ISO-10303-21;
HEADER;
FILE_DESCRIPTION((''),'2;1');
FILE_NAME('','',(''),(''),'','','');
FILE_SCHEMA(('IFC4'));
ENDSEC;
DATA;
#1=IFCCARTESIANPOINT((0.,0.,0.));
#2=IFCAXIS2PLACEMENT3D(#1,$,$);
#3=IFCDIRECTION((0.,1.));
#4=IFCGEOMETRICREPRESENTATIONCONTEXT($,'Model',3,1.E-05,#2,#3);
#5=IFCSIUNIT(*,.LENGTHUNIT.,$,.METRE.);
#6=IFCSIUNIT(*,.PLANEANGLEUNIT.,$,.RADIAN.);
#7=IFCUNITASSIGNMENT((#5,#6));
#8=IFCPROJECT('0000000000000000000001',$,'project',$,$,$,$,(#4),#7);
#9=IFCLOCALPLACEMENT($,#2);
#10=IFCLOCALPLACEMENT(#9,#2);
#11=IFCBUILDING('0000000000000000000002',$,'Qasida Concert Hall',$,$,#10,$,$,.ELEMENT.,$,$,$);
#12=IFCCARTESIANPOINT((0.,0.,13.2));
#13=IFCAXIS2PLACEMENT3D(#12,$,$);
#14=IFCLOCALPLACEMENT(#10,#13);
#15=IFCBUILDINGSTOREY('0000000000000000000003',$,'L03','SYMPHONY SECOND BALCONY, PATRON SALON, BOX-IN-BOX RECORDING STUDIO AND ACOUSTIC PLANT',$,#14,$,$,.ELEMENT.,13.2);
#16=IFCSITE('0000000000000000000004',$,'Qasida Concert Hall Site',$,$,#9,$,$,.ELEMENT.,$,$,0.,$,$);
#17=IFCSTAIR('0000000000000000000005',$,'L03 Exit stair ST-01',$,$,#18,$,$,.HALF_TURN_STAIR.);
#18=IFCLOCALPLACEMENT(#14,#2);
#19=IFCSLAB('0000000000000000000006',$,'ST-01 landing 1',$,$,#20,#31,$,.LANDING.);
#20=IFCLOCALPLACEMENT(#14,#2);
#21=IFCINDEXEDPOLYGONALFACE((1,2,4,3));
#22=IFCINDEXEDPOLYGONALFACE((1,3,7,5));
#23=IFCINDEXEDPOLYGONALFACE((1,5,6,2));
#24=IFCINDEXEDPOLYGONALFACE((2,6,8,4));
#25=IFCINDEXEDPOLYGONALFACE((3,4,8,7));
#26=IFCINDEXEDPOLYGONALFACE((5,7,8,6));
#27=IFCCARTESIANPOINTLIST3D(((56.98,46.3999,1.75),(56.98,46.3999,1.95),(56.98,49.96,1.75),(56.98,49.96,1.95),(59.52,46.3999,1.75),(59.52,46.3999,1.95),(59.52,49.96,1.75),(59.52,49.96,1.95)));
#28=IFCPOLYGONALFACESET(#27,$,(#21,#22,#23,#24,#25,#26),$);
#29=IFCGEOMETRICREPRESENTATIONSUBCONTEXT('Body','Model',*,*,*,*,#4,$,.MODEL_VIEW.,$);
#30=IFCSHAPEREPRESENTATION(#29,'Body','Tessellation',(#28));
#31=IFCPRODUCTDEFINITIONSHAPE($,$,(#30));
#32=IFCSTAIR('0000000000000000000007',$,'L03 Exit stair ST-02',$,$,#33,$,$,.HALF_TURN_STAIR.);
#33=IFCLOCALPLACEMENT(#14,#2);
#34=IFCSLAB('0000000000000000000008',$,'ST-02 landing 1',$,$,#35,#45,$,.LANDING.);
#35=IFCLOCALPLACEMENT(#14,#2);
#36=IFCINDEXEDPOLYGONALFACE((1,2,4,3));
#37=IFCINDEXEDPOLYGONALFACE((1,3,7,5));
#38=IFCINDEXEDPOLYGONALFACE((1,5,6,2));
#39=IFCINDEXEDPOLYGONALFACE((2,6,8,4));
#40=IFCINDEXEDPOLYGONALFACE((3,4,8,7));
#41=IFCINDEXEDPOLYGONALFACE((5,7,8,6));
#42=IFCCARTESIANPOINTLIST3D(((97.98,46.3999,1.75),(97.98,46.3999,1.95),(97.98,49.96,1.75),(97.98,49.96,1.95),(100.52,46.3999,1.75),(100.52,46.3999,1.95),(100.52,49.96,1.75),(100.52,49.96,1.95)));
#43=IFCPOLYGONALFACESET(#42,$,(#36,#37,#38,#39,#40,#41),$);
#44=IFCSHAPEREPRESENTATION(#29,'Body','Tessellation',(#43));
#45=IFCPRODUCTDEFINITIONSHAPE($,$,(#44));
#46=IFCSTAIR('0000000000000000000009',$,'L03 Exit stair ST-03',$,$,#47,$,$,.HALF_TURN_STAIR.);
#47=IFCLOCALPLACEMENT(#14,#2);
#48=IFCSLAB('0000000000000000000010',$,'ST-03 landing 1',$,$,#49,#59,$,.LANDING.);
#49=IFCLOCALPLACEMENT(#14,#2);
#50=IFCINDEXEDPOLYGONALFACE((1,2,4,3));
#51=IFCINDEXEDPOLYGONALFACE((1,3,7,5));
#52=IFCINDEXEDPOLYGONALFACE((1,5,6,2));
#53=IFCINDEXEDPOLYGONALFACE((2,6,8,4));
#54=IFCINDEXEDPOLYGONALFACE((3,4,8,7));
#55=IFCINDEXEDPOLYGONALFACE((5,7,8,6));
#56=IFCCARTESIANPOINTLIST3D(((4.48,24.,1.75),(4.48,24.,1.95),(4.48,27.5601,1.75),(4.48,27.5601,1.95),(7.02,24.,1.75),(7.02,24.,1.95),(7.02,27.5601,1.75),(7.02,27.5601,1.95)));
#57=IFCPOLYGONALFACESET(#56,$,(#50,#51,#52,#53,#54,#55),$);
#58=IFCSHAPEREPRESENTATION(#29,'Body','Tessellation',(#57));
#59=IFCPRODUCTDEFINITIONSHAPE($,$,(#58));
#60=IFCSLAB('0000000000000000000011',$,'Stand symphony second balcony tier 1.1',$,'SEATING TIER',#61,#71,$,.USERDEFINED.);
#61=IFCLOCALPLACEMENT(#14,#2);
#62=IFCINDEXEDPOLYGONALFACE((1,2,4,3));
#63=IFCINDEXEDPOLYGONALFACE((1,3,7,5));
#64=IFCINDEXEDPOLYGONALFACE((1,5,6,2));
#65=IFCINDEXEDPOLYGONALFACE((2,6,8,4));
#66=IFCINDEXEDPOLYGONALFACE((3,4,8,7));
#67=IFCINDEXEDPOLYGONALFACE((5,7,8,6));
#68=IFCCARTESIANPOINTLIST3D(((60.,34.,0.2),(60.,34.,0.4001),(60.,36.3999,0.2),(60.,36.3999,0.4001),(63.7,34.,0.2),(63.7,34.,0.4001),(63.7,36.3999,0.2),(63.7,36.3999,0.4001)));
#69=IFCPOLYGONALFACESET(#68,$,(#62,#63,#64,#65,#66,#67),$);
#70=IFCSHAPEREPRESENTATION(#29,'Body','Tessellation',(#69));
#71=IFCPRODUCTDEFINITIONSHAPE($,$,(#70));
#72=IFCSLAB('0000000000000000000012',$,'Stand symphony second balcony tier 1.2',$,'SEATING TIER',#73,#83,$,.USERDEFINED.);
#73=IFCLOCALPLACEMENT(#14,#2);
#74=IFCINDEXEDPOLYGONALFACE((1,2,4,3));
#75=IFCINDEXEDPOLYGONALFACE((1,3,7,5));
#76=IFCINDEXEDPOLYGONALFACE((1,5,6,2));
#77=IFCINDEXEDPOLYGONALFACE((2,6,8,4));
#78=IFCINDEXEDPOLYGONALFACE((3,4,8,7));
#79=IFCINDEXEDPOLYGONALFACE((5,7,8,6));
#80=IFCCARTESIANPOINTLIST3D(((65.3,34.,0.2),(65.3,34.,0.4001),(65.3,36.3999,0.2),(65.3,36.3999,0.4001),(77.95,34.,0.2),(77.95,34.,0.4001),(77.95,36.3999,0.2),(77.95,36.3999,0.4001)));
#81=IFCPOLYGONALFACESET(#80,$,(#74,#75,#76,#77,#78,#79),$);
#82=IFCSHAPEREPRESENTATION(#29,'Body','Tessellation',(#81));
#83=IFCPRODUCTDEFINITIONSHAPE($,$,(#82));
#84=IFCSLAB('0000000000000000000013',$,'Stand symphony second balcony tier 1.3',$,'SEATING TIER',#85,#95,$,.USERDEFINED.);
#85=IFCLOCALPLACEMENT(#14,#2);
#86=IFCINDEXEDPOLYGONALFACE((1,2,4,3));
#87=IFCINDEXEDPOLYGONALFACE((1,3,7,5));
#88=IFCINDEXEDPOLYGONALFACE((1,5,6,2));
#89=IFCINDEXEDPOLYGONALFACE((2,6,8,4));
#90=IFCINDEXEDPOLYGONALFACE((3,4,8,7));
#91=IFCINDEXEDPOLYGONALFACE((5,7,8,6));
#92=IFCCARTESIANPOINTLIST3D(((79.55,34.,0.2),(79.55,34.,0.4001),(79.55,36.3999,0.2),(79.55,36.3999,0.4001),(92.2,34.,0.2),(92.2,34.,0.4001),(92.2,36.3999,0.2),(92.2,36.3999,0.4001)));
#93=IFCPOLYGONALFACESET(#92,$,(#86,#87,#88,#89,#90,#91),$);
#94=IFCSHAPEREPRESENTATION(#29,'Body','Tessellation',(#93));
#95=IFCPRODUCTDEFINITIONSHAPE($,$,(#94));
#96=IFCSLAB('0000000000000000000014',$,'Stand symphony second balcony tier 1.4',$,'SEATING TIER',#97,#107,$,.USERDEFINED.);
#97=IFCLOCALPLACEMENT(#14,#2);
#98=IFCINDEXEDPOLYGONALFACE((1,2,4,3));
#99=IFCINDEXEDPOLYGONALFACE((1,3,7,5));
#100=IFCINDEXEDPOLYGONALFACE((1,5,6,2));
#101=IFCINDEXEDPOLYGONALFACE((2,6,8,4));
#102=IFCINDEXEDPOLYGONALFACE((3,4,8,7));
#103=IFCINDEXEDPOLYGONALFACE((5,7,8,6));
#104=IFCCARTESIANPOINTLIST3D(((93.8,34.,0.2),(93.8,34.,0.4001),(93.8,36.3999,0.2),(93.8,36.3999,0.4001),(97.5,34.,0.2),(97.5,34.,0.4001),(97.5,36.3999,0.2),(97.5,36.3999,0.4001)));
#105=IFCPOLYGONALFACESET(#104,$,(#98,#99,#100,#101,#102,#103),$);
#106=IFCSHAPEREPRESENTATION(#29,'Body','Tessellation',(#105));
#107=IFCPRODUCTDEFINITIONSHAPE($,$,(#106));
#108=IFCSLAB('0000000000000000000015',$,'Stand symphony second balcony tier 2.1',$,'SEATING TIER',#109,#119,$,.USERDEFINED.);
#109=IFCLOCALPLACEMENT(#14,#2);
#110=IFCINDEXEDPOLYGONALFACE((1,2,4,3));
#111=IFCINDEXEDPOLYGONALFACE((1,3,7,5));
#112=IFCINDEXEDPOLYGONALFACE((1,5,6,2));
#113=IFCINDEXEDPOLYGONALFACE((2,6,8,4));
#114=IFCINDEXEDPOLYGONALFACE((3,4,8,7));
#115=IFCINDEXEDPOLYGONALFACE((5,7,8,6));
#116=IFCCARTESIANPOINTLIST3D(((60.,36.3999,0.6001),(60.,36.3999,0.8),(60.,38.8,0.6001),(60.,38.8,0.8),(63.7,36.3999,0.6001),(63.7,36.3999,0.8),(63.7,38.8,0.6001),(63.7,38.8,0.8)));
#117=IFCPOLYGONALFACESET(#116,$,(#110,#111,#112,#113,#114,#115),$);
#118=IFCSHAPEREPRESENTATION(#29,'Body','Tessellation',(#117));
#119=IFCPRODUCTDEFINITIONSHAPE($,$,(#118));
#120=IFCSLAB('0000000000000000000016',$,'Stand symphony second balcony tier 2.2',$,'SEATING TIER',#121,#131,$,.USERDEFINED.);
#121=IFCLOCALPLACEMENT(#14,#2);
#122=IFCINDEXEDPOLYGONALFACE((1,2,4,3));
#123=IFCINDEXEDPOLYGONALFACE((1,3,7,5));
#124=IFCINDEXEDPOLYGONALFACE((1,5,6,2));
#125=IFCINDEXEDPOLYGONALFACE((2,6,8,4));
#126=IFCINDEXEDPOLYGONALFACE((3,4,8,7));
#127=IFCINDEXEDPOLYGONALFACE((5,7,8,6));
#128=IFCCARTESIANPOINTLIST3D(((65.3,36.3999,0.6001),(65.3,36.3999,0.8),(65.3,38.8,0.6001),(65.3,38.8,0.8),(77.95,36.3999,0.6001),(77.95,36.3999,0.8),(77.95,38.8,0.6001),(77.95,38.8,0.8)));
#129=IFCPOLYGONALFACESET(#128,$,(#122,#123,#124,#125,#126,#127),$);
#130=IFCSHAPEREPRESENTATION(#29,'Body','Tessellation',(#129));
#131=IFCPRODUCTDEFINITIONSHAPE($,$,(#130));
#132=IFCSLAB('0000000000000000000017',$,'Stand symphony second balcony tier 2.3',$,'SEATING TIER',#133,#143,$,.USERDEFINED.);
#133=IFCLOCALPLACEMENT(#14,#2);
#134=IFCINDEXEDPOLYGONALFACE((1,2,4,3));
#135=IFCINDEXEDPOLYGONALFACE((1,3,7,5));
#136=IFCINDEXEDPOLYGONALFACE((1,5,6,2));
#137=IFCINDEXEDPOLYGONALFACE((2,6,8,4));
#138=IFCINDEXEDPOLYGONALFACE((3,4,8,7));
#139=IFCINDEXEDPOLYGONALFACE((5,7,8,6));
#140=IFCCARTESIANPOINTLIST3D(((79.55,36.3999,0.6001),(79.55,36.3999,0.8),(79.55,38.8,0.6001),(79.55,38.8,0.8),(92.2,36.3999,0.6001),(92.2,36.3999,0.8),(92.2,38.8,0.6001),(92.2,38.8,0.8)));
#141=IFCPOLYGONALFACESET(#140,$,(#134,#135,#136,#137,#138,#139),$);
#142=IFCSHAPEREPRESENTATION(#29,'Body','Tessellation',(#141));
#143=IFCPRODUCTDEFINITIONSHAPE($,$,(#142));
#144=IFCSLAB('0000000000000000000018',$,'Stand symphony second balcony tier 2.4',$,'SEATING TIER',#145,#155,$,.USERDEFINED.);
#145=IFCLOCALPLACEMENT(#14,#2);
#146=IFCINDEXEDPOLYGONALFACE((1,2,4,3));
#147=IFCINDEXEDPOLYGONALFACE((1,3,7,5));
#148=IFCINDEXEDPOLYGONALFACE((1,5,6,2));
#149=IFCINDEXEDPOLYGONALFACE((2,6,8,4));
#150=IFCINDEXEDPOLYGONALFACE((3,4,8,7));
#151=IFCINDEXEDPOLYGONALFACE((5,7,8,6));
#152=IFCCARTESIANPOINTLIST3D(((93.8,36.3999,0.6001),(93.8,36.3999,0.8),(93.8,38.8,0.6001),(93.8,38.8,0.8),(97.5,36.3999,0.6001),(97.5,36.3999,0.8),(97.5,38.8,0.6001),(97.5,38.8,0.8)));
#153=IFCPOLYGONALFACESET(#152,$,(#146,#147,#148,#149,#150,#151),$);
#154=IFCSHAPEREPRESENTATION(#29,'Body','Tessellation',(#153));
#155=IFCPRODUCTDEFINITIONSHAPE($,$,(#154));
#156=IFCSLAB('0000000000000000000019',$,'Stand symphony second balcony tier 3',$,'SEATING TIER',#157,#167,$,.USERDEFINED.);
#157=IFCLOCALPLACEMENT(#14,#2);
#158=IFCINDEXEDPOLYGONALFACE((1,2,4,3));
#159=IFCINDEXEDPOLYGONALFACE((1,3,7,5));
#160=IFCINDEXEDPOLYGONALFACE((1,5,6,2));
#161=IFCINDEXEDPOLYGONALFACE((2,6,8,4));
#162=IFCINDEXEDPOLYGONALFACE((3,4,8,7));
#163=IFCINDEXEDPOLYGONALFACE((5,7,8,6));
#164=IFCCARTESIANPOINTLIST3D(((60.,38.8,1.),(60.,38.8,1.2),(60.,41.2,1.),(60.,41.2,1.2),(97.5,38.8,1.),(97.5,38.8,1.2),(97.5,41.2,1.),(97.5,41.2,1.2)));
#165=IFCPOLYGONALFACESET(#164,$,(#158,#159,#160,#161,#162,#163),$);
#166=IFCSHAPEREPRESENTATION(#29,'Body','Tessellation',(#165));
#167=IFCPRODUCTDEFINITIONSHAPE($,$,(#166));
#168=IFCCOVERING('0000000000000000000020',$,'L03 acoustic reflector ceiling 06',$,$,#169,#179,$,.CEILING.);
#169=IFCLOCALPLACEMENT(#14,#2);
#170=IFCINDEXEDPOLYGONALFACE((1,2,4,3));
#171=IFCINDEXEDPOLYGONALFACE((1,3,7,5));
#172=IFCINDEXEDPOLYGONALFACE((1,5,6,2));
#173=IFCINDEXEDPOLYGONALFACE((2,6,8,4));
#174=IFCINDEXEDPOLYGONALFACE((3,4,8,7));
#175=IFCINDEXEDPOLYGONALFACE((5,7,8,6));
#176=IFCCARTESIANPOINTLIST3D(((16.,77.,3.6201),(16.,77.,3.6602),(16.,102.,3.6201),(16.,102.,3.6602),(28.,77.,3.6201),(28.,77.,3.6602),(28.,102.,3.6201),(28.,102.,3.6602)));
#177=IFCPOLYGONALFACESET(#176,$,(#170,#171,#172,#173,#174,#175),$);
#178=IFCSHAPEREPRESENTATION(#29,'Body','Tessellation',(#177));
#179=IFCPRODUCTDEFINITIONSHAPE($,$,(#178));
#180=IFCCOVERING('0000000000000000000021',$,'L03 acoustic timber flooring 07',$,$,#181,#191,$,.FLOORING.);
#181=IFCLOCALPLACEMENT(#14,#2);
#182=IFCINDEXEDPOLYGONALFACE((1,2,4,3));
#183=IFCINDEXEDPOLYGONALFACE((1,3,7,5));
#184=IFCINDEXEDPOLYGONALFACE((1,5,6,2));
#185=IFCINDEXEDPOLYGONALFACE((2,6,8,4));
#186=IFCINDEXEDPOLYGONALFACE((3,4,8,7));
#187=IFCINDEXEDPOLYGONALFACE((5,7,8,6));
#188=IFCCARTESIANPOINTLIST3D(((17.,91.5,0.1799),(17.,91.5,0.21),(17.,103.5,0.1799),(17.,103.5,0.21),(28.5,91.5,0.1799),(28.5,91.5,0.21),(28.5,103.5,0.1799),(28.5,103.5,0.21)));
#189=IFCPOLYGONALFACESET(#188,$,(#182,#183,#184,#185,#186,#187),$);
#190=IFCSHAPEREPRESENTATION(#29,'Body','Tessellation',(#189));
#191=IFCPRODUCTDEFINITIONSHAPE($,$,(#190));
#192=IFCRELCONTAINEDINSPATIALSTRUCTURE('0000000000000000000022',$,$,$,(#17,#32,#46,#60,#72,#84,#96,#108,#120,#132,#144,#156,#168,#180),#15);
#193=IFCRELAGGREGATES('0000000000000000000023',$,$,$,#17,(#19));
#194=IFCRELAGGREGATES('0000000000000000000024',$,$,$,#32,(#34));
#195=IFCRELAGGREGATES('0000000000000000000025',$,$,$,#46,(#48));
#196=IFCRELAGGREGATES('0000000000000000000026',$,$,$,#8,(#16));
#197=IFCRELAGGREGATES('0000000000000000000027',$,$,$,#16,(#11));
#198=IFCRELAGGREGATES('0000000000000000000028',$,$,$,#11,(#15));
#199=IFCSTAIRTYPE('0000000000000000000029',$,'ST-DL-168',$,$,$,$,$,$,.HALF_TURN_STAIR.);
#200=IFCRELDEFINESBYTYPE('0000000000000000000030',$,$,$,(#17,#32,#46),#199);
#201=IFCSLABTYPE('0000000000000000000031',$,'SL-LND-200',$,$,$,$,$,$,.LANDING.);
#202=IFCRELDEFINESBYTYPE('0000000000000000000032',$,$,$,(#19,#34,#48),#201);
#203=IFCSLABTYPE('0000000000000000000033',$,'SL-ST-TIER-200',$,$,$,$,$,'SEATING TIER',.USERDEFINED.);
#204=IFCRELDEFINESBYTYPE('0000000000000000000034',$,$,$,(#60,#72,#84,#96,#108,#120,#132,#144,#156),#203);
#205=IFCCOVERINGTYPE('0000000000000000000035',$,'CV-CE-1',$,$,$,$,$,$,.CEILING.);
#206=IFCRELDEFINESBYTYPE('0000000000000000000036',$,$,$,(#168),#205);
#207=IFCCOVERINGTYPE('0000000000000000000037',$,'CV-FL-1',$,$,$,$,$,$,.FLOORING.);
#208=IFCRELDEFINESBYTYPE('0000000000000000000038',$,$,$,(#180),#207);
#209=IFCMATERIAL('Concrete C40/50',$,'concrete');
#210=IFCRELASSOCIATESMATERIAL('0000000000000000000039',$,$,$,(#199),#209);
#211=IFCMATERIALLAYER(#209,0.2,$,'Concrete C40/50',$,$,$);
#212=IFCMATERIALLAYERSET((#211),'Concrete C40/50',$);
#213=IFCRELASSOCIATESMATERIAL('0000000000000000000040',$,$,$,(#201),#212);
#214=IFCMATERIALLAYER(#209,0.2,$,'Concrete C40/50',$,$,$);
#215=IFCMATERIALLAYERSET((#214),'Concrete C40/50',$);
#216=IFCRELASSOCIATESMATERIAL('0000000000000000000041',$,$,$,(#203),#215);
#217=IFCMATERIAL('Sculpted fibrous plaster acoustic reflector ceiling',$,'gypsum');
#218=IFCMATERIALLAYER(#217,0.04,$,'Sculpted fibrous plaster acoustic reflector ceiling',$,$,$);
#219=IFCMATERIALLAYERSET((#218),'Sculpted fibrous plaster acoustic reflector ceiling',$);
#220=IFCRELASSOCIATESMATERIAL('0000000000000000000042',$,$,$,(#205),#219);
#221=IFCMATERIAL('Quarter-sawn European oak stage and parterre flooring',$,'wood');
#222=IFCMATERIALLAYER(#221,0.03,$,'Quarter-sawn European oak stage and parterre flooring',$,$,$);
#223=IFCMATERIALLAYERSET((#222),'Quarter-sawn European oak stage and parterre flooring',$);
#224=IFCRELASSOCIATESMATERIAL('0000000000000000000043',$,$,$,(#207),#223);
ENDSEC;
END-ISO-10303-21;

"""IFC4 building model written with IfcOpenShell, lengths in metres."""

from ifc_helpers import new_model, si_unit, direction, frame, origin, place, context, subcontext, project, spatial, polyline, outline, extrude, material, layer, layer_set, type_object, element, aggregate, save


model = new_model("IFC4")

# Units and contexts
model_context = context("Model", 3, precision=1e-05, world=origin(), true_north=direction((0.0, 1.0)))
body_context = subcontext(model_context, "Body", "Model", "MODEL_VIEW")
ifc_project = project(units=[si_unit("LENGTHUNIT", "METRE"), si_unit("PLANEANGLEUNIT", "RADIAN")], contexts=[model_context])

# Site, building, storey
site_placement = place(None, origin())
site = spatial("IfcSite", under=ifc_project, at=site_placement, Name="Qasida Concert Hall Site", CompositionType="ELEMENT", RefElevation=0.0)
building_placement = place(site_placement, origin())
building = spatial("IfcBuilding", under=site, at=building_placement, Name="Qasida Concert Hall", CompositionType="ELEMENT")
storey_placement = place(building_placement, frame((0.0, 0.0, 13.2)))
storey = spatial("IfcBuildingStorey", under=building, at=storey_placement, Name="L03", Description="SYMPHONY SECOND BALCONY, PATRON SALON, BOX-IN-BOX RECORDING STUDIO AND ACOUSTIC PLANT", CompositionType="ELEMENT", Elevation=13.2)

# Stairs, slabs
ifc_material_1 = material(Name="Concrete C40/50", Category="concrete")
stair_type = type_object("IfcStairType", Name="ST-DL-168", PredefinedType="HALF_TURN_STAIR", material=ifc_material_1)
stair_1_placement = place(storey_placement, origin())
stair_1 = element("IfcStair", 1, at=stair_1_placement, inside=storey, type_object=stair_type, Name="L03 Exit stair ST-01", PredefinedType="HALF_TURN_STAIR")
ifc_layer_1 = layer(ifc_material_1, 0.2, Name="Concrete C40/50")
ifc_layer_set_1 = layer_set([ifc_layer_1], Name="Concrete C40/50")
slab_type_1 = type_object("IfcSlabType", Name="SL-LND-200", PredefinedType="LANDING", material=ifc_layer_set_1)
slab_1_placement = place(storey_placement, frame((0.0, 0.0, 1.75)))
slab_1 = element("IfcSlab", 2, at=slab_1_placement, type_object=slab_type_1, Name="ST-01 landing 1", PredefinedType="LANDING", context=body_context, shape_type="SweptSolid", body=[
    extrude(outline(polyline([(56.98, 46.3999), (59.52, 46.3999), (59.52, 49.96), (56.98, 49.96), (56.98, 46.3999)])), origin(), (0.0, 0.0, 1.0), 0.2),
])
aggregate(stair_1, [slab_1])
stair_2_placement = place(storey_placement, origin())
stair_2 = element("IfcStair", 3, at=stair_2_placement, inside=storey, type_object=stair_type, Name="L03 Exit stair ST-02", PredefinedType="HALF_TURN_STAIR")
slab_2_placement = place(storey_placement, frame((0.0, 0.0, 1.75)))
slab_2 = element("IfcSlab", 4, at=slab_2_placement, type_object=slab_type_1, Name="ST-02 landing 1", PredefinedType="LANDING", context=body_context, shape_type="SweptSolid", body=[
    extrude(outline(polyline([(100.52, 49.96), (97.98, 49.96), (97.98, 46.3999), (100.52, 46.3999), (100.52, 49.96)])), origin(), (0.0, 0.0, 1.0), 0.2),
])
aggregate(stair_2, [slab_2])
stair_3_placement = place(storey_placement, origin())
stair_3 = element("IfcStair", 5, at=stair_3_placement, inside=storey, type_object=stair_type, Name="L03 Exit stair ST-03", PredefinedType="HALF_TURN_STAIR")
slab_3_placement = place(storey_placement, frame((0.0, 0.0, 1.75)))
slab_3 = element("IfcSlab", 6, at=slab_3_placement, type_object=slab_type_1, Name="ST-03 landing 1", PredefinedType="LANDING", context=body_context, shape_type="SweptSolid", body=[
    extrude(outline(polyline([(4.48, 24.0), (7.02, 24.0), (7.02, 27.5601), (4.48, 27.5601), (4.48, 24.0)])), origin(), (0.0, 0.0, 1.0), 0.2),
])
aggregate(stair_3, [slab_3])

# Slabs
ifc_layer_2 = layer(ifc_material_1, 0.2, Name="Concrete C40/50")
ifc_layer_set_2 = layer_set([ifc_layer_2], Name="Concrete C40/50")
slab_type_2 = type_object("IfcSlabType", Name="SL-ST-TIER-200", ElementType="SEATING TIER", PredefinedType="USERDEFINED", material=ifc_layer_set_2)
slab_4_placement = place(storey_placement, frame((0.0, 0.0, 0.2)))
element("IfcSlab", 7, at=slab_4_placement, inside=storey, type_object=slab_type_2, Name="Stand symphony second balcony tier 1.1", ObjectType="SEATING TIER", PredefinedType="USERDEFINED", context=body_context, shape_type="SweptSolid", body=[
    extrude(outline(polyline([(60.0, 34.0), (63.7, 34.0), (63.7, 36.3999), (60.0, 36.3999), (60.0, 34.0)])), origin(), (0.0, 0.0, 1.0), 0.2002),
])
slab_5_placement = place(storey_placement, frame((0.0, 0.0, 0.2)))
element("IfcSlab", 8, at=slab_5_placement, inside=storey, type_object=slab_type_2, Name="Stand symphony second balcony tier 1.2", ObjectType="SEATING TIER", PredefinedType="USERDEFINED", context=body_context, shape_type="SweptSolid", body=[
    extrude(outline(polyline([(65.3, 34.0), (77.95, 34.0), (77.95, 36.3999), (65.3, 36.3999), (65.3, 34.0)])), origin(), (0.0, 0.0, 1.0), 0.2002),
])
slab_6_placement = place(storey_placement, frame((0.0, 0.0, 0.2)))
element("IfcSlab", 9, at=slab_6_placement, inside=storey, type_object=slab_type_2, Name="Stand symphony second balcony tier 1.3", ObjectType="SEATING TIER", PredefinedType="USERDEFINED", context=body_context, shape_type="SweptSolid", body=[
    extrude(outline(polyline([(79.55, 34.0), (92.2, 34.0), (92.2, 36.3999), (79.55, 36.3999), (79.55, 34.0)])), origin(), (0.0, 0.0, 1.0), 0.2002),
])
slab_7_placement = place(storey_placement, frame((0.0, 0.0, 0.2)))
element("IfcSlab", 10, at=slab_7_placement, inside=storey, type_object=slab_type_2, Name="Stand symphony second balcony tier 1.4", ObjectType="SEATING TIER", PredefinedType="USERDEFINED", context=body_context, shape_type="SweptSolid", body=[
    extrude(outline(polyline([(93.8, 34.0), (97.5, 34.0), (97.5, 36.3999), (93.8, 36.3999), (93.8, 34.0)])), origin(), (0.0, 0.0, 1.0), 0.2002),
])
slab_8_placement = place(storey_placement, frame((0.0, 0.0, 0.6001)))
element("IfcSlab", 11, at=slab_8_placement, inside=storey, type_object=slab_type_2, Name="Stand symphony second balcony tier 2.1", ObjectType="SEATING TIER", PredefinedType="USERDEFINED", context=body_context, shape_type="SweptSolid", body=[
    extrude(outline(polyline([(60.0, 36.3999), (63.7, 36.3999), (63.7, 38.8), (60.0, 38.8), (60.0, 36.3999)])), origin(), (0.0, 0.0, 1.0), 0.2),
])
slab_9_placement = place(storey_placement, frame((0.0, 0.0, 0.6001)))
element("IfcSlab", 12, at=slab_9_placement, inside=storey, type_object=slab_type_2, Name="Stand symphony second balcony tier 2.2", ObjectType="SEATING TIER", PredefinedType="USERDEFINED", context=body_context, shape_type="SweptSolid", body=[
    extrude(outline(polyline([(65.3, 36.3999), (77.95, 36.3999), (77.95, 38.8), (65.3, 38.8), (65.3, 36.3999)])), origin(), (0.0, 0.0, 1.0), 0.2),
])
slab_10_placement = place(storey_placement, frame((0.0, 0.0, 0.6001)))
element("IfcSlab", 13, at=slab_10_placement, inside=storey, type_object=slab_type_2, Name="Stand symphony second balcony tier 2.3", ObjectType="SEATING TIER", PredefinedType="USERDEFINED", context=body_context, shape_type="SweptSolid", body=[
    extrude(outline(polyline([(79.55, 36.3999), (92.2, 36.3999), (92.2, 38.8), (79.55, 38.8), (79.55, 36.3999)])), origin(), (0.0, 0.0, 1.0), 0.2),
])
slab_11_placement = place(storey_placement, frame((0.0, 0.0, 0.6001)))
element("IfcSlab", 14, at=slab_11_placement, inside=storey, type_object=slab_type_2, Name="Stand symphony second balcony tier 2.4", ObjectType="SEATING TIER", PredefinedType="USERDEFINED", context=body_context, shape_type="SweptSolid", body=[
    extrude(outline(polyline([(93.8, 36.3999), (97.5, 36.3999), (97.5, 38.8), (93.8, 38.8), (93.8, 36.3999)])), origin(), (0.0, 0.0, 1.0), 0.2),
])
slab_12_placement = place(storey_placement, frame((0.0, 0.0, 1.0)))
element("IfcSlab", 15, at=slab_12_placement, inside=storey, type_object=slab_type_2, Name="Stand symphony second balcony tier 3", ObjectType="SEATING TIER", PredefinedType="USERDEFINED", context=body_context, shape_type="SweptSolid", body=[
    extrude(outline(polyline([(60.0, 38.8), (97.5, 38.8), (97.5, 41.2), (60.0, 41.2), (60.0, 38.8)])), origin(), (0.0, 0.0, 1.0), 0.2),
])

# Coverings
ifc_material_2 = material(Name="Sculpted fibrous plaster acoustic reflector ceiling", Category="gypsum")
ifc_layer_3 = layer(ifc_material_2, 0.04, Name="Sculpted fibrous plaster acoustic reflector ceiling")
ifc_layer_set_3 = layer_set([ifc_layer_3], Name="Sculpted fibrous plaster acoustic reflector ceiling")
covering_type_1 = type_object("IfcCoveringType", Name="CV-CE-1", PredefinedType="CEILING", material=ifc_layer_set_3)
covering_1_placement = place(storey_placement, frame((0.0, 0.0, 3.6201)))
element("IfcCovering", 16, at=covering_1_placement, inside=storey, type_object=covering_type_1, Name="L03 acoustic reflector ceiling 06", PredefinedType="CEILING", context=body_context, shape_type="SweptSolid", body=[
    extrude(outline(polyline([(16.0, 77.0), (28.0, 77.0), (28.0, 102.0), (16.0, 102.0), (16.0, 77.0)])), origin(), (0.0, 0.0, 1.0), 0.04),
])
ifc_material_3 = material(Name="Quarter-sawn European oak stage and parterre flooring", Category="wood")
ifc_layer_4 = layer(ifc_material_3, 0.03, Name="Quarter-sawn European oak stage and parterre flooring")
ifc_layer_set_4 = layer_set([ifc_layer_4], Name="Quarter-sawn European oak stage and parterre flooring")
covering_type_2 = type_object("IfcCoveringType", Name="CV-FL-1", PredefinedType="FLOORING", material=ifc_layer_set_4)
covering_2_placement = place(storey_placement, frame((0.0, 0.0, 0.1799)))
element("IfcCovering", 17, at=covering_2_placement, inside=storey, type_object=covering_type_2, Name="L03 acoustic timber flooring 07", PredefinedType="FLOORING", context=body_context, shape_type="SweptSolid", body=[
    extrude(outline(polyline([(17.0, 91.5), (28.5, 91.5), (28.5, 103.5), (17.0, 103.5), (17.0, 91.5)])), origin(), (0.0, 0.0, 1.0), 0.03),
])

save(model, "model.ifc")
